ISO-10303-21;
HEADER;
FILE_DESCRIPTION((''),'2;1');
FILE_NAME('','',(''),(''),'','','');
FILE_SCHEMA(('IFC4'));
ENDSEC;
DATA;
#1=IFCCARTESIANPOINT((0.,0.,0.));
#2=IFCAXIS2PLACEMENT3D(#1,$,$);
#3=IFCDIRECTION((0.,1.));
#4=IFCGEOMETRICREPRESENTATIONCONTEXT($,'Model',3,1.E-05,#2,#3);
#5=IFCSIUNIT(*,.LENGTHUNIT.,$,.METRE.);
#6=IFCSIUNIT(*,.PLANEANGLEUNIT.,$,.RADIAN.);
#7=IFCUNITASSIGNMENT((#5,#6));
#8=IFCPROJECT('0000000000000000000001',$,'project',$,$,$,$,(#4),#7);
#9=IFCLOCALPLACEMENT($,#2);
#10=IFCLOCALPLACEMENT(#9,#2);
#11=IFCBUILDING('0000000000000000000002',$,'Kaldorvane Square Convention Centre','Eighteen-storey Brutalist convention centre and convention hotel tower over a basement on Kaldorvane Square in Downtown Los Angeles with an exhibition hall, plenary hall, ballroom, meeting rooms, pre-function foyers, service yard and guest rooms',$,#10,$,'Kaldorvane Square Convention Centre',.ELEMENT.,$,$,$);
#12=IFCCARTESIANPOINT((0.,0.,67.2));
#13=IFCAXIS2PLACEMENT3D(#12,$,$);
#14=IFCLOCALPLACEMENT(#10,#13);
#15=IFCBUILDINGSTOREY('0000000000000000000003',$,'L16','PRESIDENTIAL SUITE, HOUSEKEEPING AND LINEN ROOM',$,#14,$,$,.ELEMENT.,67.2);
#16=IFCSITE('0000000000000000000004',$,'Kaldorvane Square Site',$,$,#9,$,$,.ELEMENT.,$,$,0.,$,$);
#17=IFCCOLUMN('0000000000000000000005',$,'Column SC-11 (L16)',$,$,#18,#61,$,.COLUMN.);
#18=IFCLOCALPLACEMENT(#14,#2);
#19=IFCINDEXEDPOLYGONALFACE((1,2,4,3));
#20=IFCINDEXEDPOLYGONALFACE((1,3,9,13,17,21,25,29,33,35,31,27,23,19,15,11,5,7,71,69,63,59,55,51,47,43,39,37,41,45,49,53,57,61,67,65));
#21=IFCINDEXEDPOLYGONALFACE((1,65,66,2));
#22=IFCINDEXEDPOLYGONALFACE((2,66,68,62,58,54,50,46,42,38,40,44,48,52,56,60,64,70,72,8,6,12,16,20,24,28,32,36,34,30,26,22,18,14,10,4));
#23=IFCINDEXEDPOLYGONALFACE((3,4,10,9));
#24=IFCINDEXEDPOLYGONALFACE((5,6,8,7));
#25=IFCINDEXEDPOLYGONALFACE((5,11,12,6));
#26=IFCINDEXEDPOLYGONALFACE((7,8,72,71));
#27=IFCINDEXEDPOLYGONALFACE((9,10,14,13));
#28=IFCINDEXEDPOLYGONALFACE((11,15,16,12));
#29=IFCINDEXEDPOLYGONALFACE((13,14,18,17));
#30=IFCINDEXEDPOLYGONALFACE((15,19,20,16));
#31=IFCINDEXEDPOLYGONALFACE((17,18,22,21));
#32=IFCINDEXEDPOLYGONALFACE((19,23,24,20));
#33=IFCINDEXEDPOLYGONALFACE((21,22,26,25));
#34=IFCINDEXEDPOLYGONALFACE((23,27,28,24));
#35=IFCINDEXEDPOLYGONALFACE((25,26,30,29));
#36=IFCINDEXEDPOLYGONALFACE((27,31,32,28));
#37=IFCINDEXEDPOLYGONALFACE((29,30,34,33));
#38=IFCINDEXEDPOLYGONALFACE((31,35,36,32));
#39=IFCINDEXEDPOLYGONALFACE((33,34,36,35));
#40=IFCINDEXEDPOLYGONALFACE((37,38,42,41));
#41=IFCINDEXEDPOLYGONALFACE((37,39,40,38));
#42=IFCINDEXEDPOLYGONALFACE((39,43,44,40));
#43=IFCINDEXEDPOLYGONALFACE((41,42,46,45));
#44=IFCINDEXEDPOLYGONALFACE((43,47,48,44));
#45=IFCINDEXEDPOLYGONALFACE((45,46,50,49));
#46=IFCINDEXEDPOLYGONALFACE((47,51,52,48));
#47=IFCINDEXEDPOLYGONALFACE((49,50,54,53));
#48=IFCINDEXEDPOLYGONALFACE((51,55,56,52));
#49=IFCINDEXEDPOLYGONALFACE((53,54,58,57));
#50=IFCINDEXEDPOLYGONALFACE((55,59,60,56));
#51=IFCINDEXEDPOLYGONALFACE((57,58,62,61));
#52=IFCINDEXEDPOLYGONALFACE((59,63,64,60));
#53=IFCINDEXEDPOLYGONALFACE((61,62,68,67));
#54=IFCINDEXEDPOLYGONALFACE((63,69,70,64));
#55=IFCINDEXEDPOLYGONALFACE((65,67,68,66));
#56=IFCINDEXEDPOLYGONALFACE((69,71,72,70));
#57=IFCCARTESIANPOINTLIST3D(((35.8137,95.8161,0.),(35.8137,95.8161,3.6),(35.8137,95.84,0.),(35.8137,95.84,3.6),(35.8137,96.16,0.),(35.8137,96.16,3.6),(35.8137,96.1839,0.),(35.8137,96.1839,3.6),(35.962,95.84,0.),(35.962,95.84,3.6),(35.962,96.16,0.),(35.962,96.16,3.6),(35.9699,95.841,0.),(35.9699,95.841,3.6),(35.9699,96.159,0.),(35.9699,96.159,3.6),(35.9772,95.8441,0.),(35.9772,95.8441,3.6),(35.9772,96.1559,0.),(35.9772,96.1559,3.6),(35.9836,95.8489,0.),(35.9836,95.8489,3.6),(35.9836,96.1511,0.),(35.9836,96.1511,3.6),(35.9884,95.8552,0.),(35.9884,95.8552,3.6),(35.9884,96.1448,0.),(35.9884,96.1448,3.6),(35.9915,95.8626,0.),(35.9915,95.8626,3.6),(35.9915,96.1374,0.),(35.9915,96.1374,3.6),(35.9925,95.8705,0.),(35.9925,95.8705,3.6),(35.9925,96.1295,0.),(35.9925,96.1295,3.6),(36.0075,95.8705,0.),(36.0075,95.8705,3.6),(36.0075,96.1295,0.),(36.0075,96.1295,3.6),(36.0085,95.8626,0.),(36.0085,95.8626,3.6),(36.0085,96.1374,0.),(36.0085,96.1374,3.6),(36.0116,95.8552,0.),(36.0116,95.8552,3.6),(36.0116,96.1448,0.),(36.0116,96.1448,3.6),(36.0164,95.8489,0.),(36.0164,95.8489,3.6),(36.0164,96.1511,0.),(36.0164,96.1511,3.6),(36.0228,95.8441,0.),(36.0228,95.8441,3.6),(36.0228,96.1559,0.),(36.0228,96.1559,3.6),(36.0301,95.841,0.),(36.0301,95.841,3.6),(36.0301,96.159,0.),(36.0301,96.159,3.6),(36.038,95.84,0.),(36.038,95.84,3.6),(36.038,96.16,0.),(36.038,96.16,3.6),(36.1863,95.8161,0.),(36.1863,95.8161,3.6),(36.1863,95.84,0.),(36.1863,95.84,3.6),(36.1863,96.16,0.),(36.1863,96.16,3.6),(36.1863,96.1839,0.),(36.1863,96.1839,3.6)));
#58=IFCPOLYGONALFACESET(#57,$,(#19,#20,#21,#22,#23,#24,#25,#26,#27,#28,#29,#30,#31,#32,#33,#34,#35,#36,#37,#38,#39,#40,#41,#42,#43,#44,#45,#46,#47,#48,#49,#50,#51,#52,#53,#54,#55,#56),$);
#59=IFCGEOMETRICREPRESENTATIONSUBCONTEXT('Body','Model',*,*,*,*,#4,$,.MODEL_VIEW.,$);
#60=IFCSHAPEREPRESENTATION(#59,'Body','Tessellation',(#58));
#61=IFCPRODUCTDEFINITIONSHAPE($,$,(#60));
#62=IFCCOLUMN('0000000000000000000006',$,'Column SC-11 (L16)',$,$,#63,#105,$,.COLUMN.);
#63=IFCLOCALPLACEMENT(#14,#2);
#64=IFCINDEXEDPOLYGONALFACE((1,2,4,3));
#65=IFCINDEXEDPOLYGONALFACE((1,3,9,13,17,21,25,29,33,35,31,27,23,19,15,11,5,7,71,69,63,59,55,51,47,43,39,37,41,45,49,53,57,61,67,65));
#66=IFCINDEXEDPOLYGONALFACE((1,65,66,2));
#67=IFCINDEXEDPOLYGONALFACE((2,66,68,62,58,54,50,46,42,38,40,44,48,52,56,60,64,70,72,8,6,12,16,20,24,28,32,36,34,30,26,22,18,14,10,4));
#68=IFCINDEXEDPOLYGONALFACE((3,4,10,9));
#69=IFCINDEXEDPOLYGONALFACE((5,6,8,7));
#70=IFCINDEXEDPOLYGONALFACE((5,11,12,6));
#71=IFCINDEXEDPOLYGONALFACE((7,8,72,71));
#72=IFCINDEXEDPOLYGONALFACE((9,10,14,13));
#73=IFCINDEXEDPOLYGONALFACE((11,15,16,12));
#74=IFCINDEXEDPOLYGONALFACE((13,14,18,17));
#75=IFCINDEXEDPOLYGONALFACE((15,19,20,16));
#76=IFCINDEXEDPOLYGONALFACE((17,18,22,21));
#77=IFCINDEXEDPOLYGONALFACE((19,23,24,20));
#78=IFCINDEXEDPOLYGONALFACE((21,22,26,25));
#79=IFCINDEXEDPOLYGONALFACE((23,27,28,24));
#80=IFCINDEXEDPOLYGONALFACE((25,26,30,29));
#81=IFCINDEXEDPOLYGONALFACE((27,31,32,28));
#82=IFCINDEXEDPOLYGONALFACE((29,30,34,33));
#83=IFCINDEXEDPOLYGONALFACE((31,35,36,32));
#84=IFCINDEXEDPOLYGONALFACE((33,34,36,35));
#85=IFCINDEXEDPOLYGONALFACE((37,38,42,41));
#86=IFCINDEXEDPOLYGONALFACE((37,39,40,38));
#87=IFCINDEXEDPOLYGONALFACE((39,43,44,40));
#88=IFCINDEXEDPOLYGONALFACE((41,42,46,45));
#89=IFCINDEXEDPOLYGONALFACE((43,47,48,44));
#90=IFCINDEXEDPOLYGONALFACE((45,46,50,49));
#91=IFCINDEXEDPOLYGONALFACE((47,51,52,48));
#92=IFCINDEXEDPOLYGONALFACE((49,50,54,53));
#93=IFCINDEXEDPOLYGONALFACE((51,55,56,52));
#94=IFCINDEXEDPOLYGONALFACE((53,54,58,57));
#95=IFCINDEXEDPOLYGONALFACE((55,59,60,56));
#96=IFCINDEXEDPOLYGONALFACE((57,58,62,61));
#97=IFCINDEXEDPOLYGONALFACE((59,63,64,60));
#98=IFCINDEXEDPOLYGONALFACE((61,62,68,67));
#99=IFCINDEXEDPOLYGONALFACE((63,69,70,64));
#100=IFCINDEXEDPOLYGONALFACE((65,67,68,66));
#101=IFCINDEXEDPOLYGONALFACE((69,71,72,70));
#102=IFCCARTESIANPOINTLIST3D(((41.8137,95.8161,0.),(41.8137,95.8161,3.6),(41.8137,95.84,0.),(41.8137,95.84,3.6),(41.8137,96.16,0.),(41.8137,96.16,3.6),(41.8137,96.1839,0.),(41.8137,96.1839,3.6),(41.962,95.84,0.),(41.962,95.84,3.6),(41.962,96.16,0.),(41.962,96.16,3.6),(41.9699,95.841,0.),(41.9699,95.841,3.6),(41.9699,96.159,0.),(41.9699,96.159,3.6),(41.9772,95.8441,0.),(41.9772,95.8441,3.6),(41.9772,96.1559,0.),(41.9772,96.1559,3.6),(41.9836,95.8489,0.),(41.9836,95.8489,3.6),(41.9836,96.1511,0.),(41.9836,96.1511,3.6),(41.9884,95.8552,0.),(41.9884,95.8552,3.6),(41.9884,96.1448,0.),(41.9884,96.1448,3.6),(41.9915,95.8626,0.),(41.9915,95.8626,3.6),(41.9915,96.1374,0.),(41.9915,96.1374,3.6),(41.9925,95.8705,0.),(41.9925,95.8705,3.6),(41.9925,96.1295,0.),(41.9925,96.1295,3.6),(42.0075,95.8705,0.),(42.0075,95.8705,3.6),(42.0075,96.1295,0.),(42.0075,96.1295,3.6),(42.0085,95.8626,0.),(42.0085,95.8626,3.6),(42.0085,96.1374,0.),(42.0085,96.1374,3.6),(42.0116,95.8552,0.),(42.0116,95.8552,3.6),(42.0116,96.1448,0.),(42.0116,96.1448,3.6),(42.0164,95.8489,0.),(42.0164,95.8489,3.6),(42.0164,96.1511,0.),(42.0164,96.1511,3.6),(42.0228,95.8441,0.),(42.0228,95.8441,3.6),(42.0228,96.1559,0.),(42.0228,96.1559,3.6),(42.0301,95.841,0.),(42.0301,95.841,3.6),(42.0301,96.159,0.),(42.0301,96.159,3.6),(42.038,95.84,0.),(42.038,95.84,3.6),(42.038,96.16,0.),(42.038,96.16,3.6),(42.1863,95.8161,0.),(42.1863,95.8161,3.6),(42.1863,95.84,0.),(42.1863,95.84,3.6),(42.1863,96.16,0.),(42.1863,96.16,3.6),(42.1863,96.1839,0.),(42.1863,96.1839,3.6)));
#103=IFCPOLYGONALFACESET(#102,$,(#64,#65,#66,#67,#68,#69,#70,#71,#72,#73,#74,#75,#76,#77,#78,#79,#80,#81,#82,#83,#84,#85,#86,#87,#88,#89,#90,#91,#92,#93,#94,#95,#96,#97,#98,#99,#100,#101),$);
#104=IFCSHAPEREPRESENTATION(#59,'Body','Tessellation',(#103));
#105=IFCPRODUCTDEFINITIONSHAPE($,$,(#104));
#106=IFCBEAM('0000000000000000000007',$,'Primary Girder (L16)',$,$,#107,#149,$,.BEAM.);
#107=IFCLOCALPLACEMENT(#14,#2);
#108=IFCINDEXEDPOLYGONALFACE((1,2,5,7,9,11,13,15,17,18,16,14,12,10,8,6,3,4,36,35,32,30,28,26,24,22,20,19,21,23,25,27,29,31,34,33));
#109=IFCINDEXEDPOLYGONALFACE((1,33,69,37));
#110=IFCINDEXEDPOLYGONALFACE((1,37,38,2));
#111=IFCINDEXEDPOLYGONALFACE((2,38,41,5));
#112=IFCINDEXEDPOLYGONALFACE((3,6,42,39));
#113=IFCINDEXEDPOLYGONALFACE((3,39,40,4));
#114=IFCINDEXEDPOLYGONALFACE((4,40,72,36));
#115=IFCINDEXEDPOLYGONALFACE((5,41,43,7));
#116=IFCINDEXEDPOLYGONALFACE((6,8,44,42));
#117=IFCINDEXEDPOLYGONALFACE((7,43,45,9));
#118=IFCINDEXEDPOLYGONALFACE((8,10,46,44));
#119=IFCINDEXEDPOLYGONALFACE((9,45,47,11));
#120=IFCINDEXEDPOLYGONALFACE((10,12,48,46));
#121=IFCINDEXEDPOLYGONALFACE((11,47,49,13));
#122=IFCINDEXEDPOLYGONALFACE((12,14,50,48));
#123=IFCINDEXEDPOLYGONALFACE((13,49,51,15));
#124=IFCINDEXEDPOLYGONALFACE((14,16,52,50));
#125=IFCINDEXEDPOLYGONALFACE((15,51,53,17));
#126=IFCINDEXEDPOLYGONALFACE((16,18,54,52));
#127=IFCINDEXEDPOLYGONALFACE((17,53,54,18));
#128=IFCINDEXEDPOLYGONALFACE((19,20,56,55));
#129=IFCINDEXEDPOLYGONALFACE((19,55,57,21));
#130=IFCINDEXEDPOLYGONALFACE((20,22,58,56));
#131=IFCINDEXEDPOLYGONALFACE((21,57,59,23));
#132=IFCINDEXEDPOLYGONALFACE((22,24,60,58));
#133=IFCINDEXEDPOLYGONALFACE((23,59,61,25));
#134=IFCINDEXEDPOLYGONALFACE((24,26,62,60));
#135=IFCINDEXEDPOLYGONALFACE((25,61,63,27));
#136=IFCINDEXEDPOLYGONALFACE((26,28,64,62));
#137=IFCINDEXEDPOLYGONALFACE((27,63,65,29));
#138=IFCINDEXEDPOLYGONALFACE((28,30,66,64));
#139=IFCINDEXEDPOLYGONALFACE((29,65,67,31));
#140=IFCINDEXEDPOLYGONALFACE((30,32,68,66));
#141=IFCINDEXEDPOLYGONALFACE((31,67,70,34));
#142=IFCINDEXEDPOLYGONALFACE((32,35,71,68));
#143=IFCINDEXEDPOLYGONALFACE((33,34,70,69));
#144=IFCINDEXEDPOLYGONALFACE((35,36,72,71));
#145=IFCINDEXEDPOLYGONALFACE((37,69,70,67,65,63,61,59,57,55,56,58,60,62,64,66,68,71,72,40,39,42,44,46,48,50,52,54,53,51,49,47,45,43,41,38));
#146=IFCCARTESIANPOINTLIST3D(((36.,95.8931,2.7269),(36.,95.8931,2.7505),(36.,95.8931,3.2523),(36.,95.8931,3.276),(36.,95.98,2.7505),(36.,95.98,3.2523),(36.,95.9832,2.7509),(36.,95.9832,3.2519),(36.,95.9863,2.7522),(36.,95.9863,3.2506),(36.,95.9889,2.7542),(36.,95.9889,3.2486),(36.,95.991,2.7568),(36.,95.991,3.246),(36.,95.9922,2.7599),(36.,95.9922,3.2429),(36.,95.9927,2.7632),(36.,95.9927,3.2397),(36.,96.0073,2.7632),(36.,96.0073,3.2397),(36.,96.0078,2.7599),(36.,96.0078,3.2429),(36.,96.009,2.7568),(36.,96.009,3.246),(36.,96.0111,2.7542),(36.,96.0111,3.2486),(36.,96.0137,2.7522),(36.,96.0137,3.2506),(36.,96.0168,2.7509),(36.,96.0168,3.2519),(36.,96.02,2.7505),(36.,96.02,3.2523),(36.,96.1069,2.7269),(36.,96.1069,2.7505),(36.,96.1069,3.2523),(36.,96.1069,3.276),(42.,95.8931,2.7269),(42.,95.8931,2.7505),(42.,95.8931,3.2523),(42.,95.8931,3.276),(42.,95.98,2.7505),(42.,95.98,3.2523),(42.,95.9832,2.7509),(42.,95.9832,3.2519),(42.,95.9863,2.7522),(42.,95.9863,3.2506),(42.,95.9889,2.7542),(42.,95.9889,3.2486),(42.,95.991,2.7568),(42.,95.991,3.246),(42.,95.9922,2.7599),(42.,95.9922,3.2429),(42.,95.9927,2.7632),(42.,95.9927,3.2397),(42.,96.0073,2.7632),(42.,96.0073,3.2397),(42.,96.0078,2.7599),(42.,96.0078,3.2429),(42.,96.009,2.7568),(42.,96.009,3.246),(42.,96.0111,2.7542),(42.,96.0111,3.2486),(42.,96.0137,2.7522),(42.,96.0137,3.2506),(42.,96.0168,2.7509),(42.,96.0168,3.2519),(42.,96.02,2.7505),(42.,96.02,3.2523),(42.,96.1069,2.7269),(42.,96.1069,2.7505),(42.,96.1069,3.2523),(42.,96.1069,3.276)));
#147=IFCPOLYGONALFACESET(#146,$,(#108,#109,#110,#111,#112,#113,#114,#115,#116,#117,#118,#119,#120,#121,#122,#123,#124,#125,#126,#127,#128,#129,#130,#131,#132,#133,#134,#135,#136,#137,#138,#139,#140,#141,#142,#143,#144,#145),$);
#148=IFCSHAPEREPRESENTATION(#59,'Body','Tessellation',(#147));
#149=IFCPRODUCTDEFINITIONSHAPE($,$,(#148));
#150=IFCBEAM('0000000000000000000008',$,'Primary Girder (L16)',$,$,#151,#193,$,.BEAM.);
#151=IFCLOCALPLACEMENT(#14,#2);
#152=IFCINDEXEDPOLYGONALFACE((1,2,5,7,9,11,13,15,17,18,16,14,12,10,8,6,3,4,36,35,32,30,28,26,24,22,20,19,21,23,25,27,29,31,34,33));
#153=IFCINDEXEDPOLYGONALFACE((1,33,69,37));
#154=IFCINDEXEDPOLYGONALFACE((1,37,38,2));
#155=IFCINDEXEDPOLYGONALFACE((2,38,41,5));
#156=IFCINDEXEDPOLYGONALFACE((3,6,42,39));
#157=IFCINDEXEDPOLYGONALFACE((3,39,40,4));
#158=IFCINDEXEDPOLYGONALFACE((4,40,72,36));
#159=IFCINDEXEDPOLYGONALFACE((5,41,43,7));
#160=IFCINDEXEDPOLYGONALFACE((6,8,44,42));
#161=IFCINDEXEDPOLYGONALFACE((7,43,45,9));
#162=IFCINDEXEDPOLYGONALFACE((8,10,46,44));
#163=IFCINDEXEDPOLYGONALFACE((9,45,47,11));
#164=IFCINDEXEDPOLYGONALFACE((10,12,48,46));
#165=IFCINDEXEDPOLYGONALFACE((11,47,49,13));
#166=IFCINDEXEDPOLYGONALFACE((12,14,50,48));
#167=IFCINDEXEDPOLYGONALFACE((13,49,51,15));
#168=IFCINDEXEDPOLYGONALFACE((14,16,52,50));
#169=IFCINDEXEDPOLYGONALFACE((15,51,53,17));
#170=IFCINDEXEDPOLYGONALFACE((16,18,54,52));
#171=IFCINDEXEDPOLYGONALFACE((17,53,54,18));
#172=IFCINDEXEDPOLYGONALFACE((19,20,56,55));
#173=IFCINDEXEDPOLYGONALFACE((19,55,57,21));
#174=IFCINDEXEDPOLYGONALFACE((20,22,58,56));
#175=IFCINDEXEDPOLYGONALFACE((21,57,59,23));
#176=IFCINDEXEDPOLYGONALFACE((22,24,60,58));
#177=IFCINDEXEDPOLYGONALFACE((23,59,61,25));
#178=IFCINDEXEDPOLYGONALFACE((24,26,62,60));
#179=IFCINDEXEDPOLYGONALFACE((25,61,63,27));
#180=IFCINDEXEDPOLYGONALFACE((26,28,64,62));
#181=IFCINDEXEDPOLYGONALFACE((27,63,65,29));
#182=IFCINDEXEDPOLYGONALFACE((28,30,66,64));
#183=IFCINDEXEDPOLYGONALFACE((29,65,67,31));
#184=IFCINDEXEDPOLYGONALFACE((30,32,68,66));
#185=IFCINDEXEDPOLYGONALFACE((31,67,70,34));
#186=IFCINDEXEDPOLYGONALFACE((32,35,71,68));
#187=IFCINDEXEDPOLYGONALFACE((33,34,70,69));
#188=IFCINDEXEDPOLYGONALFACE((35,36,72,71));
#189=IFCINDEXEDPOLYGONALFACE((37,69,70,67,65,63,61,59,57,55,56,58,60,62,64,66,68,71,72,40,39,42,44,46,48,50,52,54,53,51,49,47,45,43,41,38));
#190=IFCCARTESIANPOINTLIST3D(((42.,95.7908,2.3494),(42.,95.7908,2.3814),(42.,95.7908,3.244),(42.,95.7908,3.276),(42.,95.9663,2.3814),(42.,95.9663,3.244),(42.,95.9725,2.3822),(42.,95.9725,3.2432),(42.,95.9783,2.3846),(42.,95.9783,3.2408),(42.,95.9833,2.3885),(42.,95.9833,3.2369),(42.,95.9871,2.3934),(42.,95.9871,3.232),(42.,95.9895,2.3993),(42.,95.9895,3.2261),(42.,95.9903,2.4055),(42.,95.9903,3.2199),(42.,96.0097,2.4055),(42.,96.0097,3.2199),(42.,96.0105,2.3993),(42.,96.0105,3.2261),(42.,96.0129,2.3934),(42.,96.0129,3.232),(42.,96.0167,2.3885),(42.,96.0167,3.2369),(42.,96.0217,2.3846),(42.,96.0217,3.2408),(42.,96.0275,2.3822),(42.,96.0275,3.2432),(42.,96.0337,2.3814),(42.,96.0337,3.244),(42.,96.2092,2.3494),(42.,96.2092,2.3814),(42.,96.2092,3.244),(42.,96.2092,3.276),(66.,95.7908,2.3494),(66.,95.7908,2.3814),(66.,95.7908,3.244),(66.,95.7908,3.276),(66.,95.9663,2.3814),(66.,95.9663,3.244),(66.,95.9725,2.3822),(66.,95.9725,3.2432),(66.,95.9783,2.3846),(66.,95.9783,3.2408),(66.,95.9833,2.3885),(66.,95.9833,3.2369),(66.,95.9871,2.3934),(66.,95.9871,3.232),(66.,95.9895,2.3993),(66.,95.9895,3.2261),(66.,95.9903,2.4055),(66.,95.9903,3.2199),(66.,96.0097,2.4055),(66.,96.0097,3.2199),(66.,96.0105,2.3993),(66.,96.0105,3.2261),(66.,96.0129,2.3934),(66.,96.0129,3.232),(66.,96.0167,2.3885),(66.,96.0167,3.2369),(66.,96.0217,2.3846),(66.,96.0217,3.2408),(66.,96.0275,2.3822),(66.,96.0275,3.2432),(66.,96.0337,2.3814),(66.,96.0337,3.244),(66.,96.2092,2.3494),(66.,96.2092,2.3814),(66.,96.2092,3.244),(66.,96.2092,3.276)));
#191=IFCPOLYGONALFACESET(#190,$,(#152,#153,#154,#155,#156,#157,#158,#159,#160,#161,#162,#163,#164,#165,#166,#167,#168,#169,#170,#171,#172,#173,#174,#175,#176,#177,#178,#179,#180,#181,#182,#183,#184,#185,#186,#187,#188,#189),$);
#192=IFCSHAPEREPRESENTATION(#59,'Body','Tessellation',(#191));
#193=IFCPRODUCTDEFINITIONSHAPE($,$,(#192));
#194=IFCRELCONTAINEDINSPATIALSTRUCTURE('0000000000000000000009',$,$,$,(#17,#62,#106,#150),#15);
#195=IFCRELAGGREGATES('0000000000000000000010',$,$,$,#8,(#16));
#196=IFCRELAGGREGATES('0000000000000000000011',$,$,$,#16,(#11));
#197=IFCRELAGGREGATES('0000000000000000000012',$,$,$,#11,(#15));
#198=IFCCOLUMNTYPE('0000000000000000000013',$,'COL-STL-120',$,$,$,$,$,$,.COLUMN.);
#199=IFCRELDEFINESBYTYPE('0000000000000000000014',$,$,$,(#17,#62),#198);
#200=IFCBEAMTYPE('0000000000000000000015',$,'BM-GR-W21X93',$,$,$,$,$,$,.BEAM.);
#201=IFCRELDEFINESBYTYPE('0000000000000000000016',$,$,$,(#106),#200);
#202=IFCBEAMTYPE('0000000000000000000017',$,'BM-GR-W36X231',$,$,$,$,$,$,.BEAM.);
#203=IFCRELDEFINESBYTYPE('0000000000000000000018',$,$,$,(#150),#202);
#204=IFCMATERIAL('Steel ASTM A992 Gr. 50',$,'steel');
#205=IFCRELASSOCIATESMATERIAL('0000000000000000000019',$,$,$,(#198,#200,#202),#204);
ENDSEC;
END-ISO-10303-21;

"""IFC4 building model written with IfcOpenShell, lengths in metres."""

from ifc_helpers import new_model, si_unit, direction, frame, origin, origin_2d, place, context, subcontext, project, spatial, i_section, extrude, material, material_profile, profile_set, type_object, element, save


model = new_model("IFC4")

# Units and contexts
model_context = context("Model", 3, precision=1e-05, world=origin(), true_north=direction((0.0, 1.0)))
body_context = subcontext(model_context, "Body", "Model", "MODEL_VIEW")
ifc_project = project(units=[si_unit("LENGTHUNIT", "METRE"), si_unit("PLANEANGLEUNIT", "RADIAN")], contexts=[model_context])

# Site, building, storey
site_placement = place(None, origin())
site = spatial("IfcSite", under=ifc_project, at=site_placement, Name="Kaldorvane Square Site", CompositionType="ELEMENT", RefElevation=0.0)
building_placement = place(site_placement, origin())
building = spatial("IfcBuilding", under=site, at=building_placement, Name="Kaldorvane Square Convention Centre", Description="Eighteen-storey Brutalist convention centre and convention hotel tower over a basement on Kaldorvane Square in Downtown Los Angeles with an exhibition hall, plenary hall, ballroom, meeting rooms, pre-function foyers, service yard and guest rooms", LongName="Kaldorvane Square Convention Centre", CompositionType="ELEMENT")
storey_placement = place(building_placement, frame((0.0, 0.0, 67.2)))
storey = spatial("IfcBuildingStorey", under=building, at=storey_placement, Name="L16", Description="PRESIDENTIAL SUITE, HOUSEKEEPING AND LINEN ROOM", CompositionType="ELEMENT", Elevation=67.2)

# Columns
ifc_material_1 = material(Name="Steel ASTM A992 Gr. 50", Category="steel")
ifc_material_profile_1 = material_profile(ifc_material_1, i_section(OverallWidth=0.3726, OverallDepth=0.3678, WebThickness=0.015, FlangeThickness=0.0239, FilletRadius=0.0305, at=origin_2d()), Name="W14X120")
ifc_profile_set_1 = profile_set([ifc_material_profile_1], Name="Steel ASTM A992 Gr. 50")
column_type = type_object("IfcColumnType", Name="COL-STL-120", PredefinedType="COLUMN", material=ifc_profile_set_1)
for number, where, z_axis, x_axis, name in (
    (1, (36.0, 96.0, 0.0), (0.0, 0.0, 1.0), (1.0, 0.0, 0.0), "Column SC-11 (L16)"),
    (2, (42.0, 96.0, 0.0), (0.0, 0.0, 1.0), (1.0, 0.0, 0.0), "Column SC-11 (L16)"),
):
    element("IfcColumn", number, at=place(storey_placement, frame(where, z_axis=z_axis, x_axis=x_axis)), inside=storey, type_object=column_type, Name=name, PredefinedType="COLUMN", context=body_context, shape_type="SweptSolid", body=[
        extrude(i_section(OverallWidth=0.3726, OverallDepth=0.3678, WebThickness=0.015, FlangeThickness=0.0239, FilletRadius=0.0305, at=origin_2d()), origin(), (0.0, 0.0, 1.0), 3.6),
    ])

# Beams
ifc_material_profile_2 = material_profile(ifc_material_1, i_section(OverallWidth=0.2139, OverallDepth=0.5491, WebThickness=0.0147, FlangeThickness=0.0236, FilletRadius=0.0127, at=origin_2d()), Name="W21X93")
ifc_profile_set_2 = profile_set([ifc_material_profile_2], Name="Steel ASTM A992 Gr. 50")
beam_type_1 = type_object("IfcBeamType", Name="BM-GR-W21X93", PredefinedType="BEAM", material=ifc_profile_set_2)
beam_1_placement = place(storey_placement, frame((36.0, 96.0, 3.0014), z_axis=(1.0, 0.0, 0.0), x_axis=(0.0, 1.0, 0.0)))
element("IfcBeam", 3, at=beam_1_placement, inside=storey, type_object=beam_type_1, Name="Primary Girder (L16)", PredefinedType="BEAM", context=body_context, shape_type="SweptSolid", body=[
    extrude(i_section(OverallWidth=0.2139, OverallDepth=0.5491, WebThickness=0.0147, FlangeThickness=0.0236, FilletRadius=0.0127, at=origin_2d()), origin(), (0.0, 0.0, 1.0), 6.0),
])
ifc_material_profile_3 = material_profile(ifc_material_1, i_section(OverallWidth=0.4183, OverallDepth=0.9266, WebThickness=0.0193, FlangeThickness=0.032, FilletRadius=0.0241, at=origin_2d()), Name="W36X231")
ifc_profile_set_3 = profile_set([ifc_material_profile_3], Name="Steel ASTM A992 Gr. 50")
beam_type_2 = type_object("IfcBeamType", Name="BM-GR-W36X231", PredefinedType="BEAM", material=ifc_profile_set_3)
beam_2_placement = place(storey_placement, frame((42.0, 96.0, 2.8127), z_axis=(1.0, 0.0, 0.0), x_axis=(0.0, 1.0, 0.0)))
element("IfcBeam", 4, at=beam_2_placement, inside=storey, type_object=beam_type_2, Name="Primary Girder (L16)", PredefinedType="BEAM", context=body_context, shape_type="SweptSolid", body=[
    extrude(i_section(OverallWidth=0.4183, OverallDepth=0.9266, WebThickness=0.0193, FlangeThickness=0.032, FilletRadius=0.0241, at=origin_2d()), origin(), (0.0, 0.0, 1.0), 24.0),
])

save(model, "model.ifc")
